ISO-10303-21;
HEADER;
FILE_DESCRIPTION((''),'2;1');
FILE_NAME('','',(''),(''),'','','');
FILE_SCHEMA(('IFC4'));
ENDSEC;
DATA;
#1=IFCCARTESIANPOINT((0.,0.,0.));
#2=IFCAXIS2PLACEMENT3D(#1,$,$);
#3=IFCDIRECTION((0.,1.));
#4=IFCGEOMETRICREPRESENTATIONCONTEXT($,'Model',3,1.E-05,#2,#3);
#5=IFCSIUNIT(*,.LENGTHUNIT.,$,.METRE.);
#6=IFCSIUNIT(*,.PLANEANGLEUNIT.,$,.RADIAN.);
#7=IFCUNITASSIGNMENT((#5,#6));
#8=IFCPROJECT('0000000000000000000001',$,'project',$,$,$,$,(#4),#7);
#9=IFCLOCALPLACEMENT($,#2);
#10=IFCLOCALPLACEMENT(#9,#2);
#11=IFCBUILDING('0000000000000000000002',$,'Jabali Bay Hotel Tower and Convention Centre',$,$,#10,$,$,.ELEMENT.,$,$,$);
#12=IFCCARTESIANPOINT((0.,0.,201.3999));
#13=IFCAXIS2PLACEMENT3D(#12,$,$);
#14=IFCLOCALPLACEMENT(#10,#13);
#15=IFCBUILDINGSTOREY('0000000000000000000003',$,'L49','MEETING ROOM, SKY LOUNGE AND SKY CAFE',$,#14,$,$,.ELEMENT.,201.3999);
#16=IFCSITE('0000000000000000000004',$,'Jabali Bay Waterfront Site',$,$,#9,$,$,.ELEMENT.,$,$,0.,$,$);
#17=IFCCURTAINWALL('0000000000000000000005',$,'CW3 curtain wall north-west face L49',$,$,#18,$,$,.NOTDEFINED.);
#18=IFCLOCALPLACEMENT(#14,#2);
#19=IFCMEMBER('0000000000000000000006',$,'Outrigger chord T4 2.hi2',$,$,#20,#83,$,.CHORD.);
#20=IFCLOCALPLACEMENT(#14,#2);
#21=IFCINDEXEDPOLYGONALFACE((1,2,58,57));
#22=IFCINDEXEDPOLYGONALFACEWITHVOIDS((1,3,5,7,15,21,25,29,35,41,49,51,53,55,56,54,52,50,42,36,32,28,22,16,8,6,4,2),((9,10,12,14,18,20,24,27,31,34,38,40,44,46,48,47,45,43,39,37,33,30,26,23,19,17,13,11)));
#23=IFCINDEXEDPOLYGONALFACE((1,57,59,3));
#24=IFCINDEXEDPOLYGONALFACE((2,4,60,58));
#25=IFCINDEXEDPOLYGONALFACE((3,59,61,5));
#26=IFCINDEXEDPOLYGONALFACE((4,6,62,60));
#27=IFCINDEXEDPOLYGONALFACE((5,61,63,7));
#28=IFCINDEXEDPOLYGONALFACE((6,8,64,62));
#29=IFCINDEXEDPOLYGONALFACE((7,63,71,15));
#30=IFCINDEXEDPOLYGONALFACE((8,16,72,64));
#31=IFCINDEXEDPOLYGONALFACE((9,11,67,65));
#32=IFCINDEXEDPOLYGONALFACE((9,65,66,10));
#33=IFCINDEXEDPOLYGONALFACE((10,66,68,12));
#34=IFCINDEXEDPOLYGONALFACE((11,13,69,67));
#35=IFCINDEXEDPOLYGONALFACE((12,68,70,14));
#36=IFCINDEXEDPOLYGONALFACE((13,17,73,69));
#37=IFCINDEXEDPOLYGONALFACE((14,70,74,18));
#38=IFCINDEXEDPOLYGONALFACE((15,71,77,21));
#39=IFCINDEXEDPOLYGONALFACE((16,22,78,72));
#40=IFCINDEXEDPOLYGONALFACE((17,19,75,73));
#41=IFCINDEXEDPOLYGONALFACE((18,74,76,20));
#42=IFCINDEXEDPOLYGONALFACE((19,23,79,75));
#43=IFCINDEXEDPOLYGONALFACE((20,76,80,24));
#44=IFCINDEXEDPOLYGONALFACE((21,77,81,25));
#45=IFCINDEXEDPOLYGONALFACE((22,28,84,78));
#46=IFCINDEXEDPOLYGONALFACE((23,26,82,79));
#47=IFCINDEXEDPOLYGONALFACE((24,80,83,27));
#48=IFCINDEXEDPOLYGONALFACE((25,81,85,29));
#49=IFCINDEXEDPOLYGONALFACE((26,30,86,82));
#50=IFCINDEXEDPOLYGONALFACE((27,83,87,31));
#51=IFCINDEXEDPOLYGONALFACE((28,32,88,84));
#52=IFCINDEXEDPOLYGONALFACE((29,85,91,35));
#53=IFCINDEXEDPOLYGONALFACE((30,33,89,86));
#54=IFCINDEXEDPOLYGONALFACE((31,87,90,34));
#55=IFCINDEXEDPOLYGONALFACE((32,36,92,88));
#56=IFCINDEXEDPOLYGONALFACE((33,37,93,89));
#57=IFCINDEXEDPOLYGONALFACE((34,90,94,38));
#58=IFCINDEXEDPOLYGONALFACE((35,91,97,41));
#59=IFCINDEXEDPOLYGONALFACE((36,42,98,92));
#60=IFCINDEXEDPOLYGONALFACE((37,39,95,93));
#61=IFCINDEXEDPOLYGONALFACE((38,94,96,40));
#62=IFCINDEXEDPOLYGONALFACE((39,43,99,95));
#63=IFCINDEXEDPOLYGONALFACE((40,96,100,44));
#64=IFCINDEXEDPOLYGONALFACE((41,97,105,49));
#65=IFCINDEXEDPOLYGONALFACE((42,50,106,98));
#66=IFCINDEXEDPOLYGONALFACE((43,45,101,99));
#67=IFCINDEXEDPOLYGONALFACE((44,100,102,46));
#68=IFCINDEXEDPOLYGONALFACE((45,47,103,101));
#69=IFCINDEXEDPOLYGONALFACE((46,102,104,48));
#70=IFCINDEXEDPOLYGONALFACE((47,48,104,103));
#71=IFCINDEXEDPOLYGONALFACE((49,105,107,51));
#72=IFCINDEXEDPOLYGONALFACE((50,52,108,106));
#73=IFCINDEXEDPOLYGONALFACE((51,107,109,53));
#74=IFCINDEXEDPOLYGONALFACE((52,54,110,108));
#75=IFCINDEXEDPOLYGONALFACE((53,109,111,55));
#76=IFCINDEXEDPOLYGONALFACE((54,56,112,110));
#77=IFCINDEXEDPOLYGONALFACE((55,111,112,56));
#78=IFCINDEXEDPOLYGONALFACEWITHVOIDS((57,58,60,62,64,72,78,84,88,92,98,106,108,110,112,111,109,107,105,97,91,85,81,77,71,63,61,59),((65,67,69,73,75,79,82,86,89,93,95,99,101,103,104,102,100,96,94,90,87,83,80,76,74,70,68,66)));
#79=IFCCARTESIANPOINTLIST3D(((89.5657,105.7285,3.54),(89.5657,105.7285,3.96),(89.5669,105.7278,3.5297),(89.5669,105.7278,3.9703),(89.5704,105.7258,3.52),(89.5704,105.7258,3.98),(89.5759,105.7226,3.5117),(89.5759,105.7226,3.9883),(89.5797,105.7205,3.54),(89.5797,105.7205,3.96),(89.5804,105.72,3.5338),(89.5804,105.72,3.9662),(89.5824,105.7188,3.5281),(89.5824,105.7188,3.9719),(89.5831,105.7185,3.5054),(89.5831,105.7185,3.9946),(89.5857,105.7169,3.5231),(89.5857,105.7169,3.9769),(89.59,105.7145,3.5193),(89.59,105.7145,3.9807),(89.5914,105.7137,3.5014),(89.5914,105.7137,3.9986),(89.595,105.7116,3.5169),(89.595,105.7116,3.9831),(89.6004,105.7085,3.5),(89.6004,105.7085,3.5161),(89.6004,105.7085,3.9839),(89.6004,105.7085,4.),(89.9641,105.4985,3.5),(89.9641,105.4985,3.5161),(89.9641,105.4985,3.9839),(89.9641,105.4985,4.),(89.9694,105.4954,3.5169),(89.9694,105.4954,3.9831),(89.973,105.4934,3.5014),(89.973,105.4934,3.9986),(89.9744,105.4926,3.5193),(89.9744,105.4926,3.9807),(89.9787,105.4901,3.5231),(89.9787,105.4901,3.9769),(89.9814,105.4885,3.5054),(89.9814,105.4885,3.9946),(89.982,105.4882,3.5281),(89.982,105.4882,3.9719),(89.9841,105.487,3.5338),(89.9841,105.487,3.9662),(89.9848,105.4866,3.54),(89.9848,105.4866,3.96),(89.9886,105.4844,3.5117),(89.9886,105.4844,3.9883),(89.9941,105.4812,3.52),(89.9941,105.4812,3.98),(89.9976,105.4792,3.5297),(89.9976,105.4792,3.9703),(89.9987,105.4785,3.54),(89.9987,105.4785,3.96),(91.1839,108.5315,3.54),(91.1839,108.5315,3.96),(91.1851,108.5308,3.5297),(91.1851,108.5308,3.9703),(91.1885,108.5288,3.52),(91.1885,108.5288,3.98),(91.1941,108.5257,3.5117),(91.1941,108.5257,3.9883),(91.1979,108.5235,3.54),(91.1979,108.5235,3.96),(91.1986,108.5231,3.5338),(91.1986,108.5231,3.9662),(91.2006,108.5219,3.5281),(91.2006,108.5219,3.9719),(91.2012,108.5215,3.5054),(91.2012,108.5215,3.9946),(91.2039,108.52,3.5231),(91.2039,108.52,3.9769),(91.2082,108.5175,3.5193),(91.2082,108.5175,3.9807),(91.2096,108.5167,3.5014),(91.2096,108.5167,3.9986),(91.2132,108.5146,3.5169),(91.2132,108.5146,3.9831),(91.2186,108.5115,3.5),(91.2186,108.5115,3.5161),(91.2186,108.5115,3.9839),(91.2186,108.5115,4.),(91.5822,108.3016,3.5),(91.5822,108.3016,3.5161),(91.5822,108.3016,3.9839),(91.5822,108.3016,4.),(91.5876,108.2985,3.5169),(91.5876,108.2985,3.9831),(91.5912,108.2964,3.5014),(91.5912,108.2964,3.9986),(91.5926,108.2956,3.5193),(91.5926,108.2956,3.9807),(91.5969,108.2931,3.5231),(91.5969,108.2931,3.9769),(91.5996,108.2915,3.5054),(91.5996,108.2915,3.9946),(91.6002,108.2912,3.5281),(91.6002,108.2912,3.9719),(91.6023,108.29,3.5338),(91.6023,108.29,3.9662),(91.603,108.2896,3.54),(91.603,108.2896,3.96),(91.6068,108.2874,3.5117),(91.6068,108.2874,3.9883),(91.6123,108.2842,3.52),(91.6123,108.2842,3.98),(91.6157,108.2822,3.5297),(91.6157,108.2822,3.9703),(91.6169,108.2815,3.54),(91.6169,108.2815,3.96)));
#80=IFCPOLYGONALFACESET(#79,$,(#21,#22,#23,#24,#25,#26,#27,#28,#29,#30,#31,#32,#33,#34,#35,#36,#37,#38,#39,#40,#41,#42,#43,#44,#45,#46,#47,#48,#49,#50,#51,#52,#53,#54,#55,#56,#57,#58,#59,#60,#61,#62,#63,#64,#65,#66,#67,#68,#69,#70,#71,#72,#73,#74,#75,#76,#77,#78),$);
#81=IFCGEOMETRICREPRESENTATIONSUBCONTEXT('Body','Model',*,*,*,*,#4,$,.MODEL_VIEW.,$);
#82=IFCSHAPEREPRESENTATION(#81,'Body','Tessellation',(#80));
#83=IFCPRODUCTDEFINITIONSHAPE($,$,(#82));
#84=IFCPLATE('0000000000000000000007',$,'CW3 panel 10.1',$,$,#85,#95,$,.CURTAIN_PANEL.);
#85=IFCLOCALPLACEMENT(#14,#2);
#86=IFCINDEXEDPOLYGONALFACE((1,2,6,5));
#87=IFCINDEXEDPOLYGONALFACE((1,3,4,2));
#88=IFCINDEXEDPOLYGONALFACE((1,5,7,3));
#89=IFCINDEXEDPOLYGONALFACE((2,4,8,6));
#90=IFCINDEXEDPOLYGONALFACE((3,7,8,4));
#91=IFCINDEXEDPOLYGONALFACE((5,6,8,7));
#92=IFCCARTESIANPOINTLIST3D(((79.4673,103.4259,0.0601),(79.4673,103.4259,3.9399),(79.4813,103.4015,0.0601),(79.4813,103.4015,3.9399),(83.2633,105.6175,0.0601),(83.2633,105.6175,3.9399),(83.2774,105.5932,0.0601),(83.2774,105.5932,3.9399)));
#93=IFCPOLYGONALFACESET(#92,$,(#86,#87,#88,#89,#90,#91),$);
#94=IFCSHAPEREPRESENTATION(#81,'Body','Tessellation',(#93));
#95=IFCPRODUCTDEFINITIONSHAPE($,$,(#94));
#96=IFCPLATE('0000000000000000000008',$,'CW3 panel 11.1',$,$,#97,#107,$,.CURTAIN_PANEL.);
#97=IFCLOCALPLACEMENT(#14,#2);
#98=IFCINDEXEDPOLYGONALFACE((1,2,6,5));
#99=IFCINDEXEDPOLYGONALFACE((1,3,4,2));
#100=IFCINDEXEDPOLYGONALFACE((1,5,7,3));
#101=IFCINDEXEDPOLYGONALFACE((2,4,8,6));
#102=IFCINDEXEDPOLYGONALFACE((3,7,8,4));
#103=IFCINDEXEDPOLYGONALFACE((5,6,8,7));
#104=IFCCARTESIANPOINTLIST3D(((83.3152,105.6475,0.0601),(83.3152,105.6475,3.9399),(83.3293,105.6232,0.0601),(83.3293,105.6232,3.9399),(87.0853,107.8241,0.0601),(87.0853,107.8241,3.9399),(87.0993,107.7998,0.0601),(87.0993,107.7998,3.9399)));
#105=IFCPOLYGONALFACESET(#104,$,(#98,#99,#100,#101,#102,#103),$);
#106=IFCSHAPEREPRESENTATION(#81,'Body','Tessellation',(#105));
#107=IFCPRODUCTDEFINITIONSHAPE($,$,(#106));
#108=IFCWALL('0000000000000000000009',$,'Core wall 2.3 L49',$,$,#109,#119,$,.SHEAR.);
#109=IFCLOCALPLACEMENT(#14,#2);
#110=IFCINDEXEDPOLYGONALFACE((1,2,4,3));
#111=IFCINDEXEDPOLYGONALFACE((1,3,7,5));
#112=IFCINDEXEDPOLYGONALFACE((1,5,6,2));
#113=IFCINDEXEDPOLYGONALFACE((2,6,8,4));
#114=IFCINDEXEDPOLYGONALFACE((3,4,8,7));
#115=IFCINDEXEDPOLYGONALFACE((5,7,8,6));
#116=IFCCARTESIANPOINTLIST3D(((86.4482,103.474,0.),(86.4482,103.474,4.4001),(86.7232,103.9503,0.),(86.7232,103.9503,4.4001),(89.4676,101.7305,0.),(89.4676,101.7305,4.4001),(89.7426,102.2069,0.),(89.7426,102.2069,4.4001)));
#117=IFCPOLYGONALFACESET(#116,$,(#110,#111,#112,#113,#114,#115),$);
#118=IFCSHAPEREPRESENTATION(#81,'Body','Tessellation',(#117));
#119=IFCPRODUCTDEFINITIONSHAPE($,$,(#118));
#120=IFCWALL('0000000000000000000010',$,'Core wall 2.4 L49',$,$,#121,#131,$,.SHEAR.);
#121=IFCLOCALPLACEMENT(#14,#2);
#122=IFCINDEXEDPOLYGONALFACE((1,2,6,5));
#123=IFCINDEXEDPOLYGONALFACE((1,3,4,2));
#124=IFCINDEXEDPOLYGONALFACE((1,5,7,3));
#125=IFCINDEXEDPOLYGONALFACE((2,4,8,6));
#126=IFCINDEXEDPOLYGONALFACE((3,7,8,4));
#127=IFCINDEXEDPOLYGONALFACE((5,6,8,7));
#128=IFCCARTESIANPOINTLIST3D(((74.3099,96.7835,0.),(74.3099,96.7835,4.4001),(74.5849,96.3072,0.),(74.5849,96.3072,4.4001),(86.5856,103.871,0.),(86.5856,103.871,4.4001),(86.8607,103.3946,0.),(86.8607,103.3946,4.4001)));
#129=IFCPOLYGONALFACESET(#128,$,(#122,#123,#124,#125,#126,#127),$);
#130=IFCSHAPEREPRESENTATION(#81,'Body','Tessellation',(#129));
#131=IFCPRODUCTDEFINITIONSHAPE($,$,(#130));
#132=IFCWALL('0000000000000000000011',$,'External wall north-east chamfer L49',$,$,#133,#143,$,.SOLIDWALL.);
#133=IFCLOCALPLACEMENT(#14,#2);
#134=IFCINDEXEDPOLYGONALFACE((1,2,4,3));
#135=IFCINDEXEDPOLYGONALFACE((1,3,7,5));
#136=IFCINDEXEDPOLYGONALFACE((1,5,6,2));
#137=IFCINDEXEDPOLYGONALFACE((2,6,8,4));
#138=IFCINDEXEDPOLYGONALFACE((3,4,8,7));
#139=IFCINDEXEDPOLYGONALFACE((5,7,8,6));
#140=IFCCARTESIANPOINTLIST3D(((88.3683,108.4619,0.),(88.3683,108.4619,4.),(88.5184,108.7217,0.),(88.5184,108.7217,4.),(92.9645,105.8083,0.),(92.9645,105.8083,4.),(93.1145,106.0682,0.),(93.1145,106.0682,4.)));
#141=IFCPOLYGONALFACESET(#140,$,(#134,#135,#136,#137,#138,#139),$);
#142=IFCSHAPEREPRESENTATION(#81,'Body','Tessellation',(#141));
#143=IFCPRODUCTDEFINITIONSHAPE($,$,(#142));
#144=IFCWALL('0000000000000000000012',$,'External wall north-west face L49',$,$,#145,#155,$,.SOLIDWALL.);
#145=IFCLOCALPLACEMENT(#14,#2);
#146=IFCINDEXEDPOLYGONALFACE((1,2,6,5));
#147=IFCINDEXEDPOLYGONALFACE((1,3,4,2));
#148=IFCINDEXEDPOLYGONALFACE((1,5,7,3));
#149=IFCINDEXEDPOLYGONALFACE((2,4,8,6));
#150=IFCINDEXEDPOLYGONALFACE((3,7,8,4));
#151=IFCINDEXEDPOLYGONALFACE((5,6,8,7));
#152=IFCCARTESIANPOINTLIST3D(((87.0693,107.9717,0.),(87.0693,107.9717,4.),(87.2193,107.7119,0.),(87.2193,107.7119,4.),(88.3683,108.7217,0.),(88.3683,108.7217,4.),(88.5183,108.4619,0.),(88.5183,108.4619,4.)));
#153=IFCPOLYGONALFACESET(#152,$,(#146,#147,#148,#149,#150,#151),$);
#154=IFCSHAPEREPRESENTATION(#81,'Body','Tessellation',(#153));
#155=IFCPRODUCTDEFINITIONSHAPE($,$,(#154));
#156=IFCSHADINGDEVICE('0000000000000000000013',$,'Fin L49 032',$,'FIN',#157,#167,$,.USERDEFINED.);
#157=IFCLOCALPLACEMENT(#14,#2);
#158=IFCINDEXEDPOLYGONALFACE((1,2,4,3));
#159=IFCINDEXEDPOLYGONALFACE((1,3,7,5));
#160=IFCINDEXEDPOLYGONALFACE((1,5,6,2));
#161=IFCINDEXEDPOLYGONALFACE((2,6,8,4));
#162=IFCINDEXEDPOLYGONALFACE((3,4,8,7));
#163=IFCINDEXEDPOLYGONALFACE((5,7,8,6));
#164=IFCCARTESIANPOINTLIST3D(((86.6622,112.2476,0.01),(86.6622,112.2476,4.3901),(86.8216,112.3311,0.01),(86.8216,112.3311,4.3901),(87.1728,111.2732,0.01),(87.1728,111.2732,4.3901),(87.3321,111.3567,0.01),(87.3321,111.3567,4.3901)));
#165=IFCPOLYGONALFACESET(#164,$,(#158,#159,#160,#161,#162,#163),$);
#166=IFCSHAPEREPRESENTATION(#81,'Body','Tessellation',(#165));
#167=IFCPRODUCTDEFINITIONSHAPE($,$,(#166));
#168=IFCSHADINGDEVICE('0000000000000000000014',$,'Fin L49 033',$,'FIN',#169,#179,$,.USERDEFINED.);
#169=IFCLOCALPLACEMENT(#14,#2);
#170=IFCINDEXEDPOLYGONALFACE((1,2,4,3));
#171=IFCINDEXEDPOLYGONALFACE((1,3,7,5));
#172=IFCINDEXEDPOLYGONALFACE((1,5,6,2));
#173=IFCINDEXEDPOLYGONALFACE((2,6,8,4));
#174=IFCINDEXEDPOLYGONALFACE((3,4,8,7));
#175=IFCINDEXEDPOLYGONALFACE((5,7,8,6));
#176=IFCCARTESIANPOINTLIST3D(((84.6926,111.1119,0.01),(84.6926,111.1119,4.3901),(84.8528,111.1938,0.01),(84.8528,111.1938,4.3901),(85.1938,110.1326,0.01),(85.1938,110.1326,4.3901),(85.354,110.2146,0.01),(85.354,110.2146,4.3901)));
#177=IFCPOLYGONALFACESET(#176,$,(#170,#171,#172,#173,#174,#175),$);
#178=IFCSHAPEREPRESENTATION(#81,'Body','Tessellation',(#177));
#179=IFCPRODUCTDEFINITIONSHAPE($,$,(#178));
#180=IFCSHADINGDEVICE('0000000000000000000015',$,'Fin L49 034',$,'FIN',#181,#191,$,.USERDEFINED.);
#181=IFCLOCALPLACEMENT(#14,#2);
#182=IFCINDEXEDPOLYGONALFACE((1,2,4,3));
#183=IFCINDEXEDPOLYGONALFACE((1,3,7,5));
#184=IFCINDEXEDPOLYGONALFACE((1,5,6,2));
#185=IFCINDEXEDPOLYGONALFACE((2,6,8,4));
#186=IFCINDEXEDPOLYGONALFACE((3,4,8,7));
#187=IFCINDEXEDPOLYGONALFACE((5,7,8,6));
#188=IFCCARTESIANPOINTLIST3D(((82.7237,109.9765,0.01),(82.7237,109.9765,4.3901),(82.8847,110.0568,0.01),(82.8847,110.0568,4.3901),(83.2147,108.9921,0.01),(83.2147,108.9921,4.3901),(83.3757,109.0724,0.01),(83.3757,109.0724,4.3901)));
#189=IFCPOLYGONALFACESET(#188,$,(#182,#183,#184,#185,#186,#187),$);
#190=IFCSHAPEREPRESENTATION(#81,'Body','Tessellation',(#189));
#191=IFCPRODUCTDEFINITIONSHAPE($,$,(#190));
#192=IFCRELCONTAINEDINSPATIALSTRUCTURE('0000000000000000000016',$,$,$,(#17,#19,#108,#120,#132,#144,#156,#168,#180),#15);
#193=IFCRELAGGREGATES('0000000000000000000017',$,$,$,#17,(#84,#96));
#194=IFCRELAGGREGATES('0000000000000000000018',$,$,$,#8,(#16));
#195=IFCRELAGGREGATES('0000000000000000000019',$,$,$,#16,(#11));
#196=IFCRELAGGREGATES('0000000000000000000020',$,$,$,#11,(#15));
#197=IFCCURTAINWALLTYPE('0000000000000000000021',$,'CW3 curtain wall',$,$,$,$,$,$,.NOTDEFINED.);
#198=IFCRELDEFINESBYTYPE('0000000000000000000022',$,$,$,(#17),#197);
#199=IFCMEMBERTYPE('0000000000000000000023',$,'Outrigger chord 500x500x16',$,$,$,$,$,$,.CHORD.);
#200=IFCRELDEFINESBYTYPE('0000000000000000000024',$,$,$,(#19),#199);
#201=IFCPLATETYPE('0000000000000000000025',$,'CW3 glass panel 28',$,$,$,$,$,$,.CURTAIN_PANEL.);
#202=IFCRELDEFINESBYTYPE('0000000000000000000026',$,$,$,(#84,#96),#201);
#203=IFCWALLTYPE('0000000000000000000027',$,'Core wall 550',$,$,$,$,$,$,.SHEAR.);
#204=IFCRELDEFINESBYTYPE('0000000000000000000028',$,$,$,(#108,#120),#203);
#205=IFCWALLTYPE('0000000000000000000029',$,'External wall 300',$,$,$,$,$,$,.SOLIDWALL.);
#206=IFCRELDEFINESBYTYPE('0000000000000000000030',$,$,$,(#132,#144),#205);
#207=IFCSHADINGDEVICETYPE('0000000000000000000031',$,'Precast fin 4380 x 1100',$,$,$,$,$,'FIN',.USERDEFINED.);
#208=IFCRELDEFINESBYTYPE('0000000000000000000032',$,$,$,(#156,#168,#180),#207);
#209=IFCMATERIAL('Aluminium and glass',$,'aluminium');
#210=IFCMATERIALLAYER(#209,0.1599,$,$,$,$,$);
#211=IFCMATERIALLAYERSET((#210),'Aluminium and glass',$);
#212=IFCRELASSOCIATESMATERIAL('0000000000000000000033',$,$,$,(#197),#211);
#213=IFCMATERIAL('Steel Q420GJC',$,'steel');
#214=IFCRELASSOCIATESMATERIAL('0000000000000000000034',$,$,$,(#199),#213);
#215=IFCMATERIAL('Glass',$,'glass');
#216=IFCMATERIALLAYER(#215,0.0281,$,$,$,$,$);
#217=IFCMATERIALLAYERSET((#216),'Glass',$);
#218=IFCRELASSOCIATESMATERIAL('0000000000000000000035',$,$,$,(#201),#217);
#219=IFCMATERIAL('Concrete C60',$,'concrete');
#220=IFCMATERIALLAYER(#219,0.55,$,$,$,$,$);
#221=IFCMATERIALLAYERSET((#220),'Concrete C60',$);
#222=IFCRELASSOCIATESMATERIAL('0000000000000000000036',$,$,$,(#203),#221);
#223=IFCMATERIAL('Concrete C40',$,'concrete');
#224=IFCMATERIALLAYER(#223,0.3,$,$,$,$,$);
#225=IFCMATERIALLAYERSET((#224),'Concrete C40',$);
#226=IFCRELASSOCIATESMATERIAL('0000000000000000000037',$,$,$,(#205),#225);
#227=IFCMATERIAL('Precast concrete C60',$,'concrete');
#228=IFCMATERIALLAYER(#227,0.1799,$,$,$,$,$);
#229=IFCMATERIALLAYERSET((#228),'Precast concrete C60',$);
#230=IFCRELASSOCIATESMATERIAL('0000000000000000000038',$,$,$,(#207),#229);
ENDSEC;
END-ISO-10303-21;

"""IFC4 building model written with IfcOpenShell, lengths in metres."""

from ifc_helpers import new_model, si_unit, direction, frame, frame_2d, origin, origin_2d, place, context, subcontext, project, spatial, rectangle, hollow_rectangle, extrude, material, layer, layer_set, material_profile, profile_set, type_object, element, aggregate, save


model = new_model("IFC4")

# Units and contexts
model_context = context("Model", 3, precision=1e-05, world=origin(), true_north=direction((0.0, 1.0)))
body_context = subcontext(model_context, "Body", "Model", "MODEL_VIEW")
ifc_project = project(units=[si_unit("LENGTHUNIT", "METRE"), si_unit("PLANEANGLEUNIT", "RADIAN")], contexts=[model_context])

# Site, building, storey
site_placement = place(None, origin())
site = spatial("IfcSite", under=ifc_project, at=site_placement, Name="Jabali Bay Waterfront Site", CompositionType="ELEMENT", RefElevation=0.0)
building_placement = place(site_placement, origin())
building = spatial("IfcBuilding", under=site, at=building_placement, Name="Jabali Bay Hotel Tower and Convention Centre", CompositionType="ELEMENT")
storey_placement = place(building_placement, frame((0.0, 0.0, 201.3999)))
storey = spatial("IfcBuildingStorey", under=building, at=storey_placement, Name="L49", Description="MEETING ROOM, SKY LOUNGE AND SKY CAFE", CompositionType="ELEMENT", Elevation=201.3999)

# Shared definitions
ifc_material_1 = material(Name="Concrete C60", Category="concrete")

# Shared definitions
ifc_material_2 = material(Name="Steel Q420GJC", Category="steel")

# Curtain wall
ifc_material_3 = material(Name="Aluminium and glass", Category="aluminium")
ifc_layer_1 = layer(ifc_material_3, 0.1599)
ifc_layer_set_1 = layer_set([ifc_layer_1], Name="Aluminium and glass")
curtain_wall_type = type_object("IfcCurtainWallType", Name="CW3 curtain wall", PredefinedType="NOTDEFINED", material=ifc_layer_set_1)
curtain_wall_placement = place(storey_placement, origin())
curtain_wall = element("IfcCurtainWall", 1, at=curtain_wall_placement, inside=storey, type_object=curtain_wall_type, Name="CW3 curtain wall north-west face L49", PredefinedType="NOTDEFINED")

# Member
ifc_material_profile_1 = material_profile(ifc_material_2, hollow_rectangle(XDim=0.5, YDim=0.5, WallThickness=0.0161, InnerFilletRadius=0.0239, OuterFilletRadius=0.04, at=origin_2d()), Name="Outrigger chord 500x500x16")
ifc_profile_set_1 = profile_set([ifc_material_profile_1], Name="Steel Q420GJC")
member_type_1 = type_object("IfcMemberType", Name="Outrigger chord 500x500x16", PredefinedType="CHORD", material=ifc_profile_set_1)
member_1_placement = place(storey_placement, frame((89.7822, 105.6035, 3.75), z_axis=(0.499968, 0.866044, 0.0), x_axis=(-0.866044, 0.499968, 0.0)))
element("IfcMember", 2, at=member_1_placement, inside=storey, type_object=member_type_1, Name="Outrigger chord T4 2.hi2", PredefinedType="CHORD", context=body_context, shape_type="SweptSolid", body=[
    extrude(hollow_rectangle(XDim=0.5, YDim=0.5, WallThickness=0.0161, InnerFilletRadius=0.0239, OuterFilletRadius=0.04, at=origin_2d()), origin(), (0.0, 0.0, 1.0), 3.2366),
])

# Plates
ifc_material_4 = material(Name="Glass", Category="glass")
ifc_layer_2 = layer(ifc_material_4, 0.0281)
ifc_layer_set_2 = layer_set([ifc_layer_2], Name="Glass")
plate_type = type_object("IfcPlateType", Name="CW3 glass panel 28", PredefinedType="CURTAIN_PANEL", material=ifc_layer_set_2)
plate_1_placement = place(storey_placement, frame((81.3723, 104.5095, 0.0601), z_axis=(0.0, 0.0, 1.0), x_axis=(0.866025, 0.5, 0.0)))
plate_1 = element("IfcPlate", 3, at=plate_1_placement, type_object=plate_type, Name="CW3 panel 10.1", PredefinedType="CURTAIN_PANEL", context=body_context, shape_type="SweptSolid", body=[
    extrude(rectangle(XDim=4.3833, YDim=0.0281, at=origin_2d()), origin(), (0.0, 0.0, 1.0), 3.8799),
])
plate_2_placement = place(storey_placement, frame((85.2073, 106.7236, 0.0601), z_axis=(0.0, 0.0, 1.0), x_axis=(0.866025, 0.5, 0.0)))
plate_2 = element("IfcPlate", 4, at=plate_2_placement, type_object=plate_type, Name="CW3 panel 11.1", PredefinedType="CURTAIN_PANEL", context=body_context, shape_type="SweptSolid", body=[
    extrude(rectangle(XDim=4.3533, YDim=0.0281, at=origin_2d()), origin(), (0.0, 0.0, 1.0), 3.8799),
])
aggregate(curtain_wall, [plate_1, plate_2])

# Walls
ifc_layer_3 = layer(ifc_material_1, 0.55)
ifc_layer_set_3 = layer_set([ifc_layer_3], Name="Concrete C60")
wall_type_1 = type_object("IfcWallType", Name="Core wall 550", PredefinedType="SHEAR", material=ifc_layer_set_3)
wall_1_placement = place(storey_placement, frame((89.605, 101.9688, 0.0), z_axis=(0.0, 0.0, 1.0), x_axis=(-0.865998, 0.500048, 0.0)))
element("IfcWall", 5, at=wall_1_placement, inside=storey, type_object=wall_type_1, Name="Core wall 2.3 L49", PredefinedType="SHEAR", context=body_context, shape_type="SweptSolid", body=[
    extrude(rectangle(XDim=3.4866, YDim=0.55, at=frame_2d((1.7432, 0.0))), origin(), (0.0, 0.0, 1.0), 4.4001),
])
wall_2_placement = place(storey_placement, frame((86.7231, 103.6328, 0.0), z_axis=(0.0, 0.0, 1.0), x_axis=(-0.866024, -0.500003, 0.0)))
element("IfcWall", 6, at=wall_2_placement, inside=storey, type_object=wall_type_1, Name="Core wall 2.4 L49", PredefinedType="SHEAR", context=body_context, shape_type="SweptSolid", body=[
    extrude(rectangle(XDim=14.1748, YDim=0.55, at=frame_2d((7.0874, 0.0))), origin(), (0.0, 0.0, 1.0), 4.4001),
])
ifc_material_5 = material(Name="Concrete C40", Category="concrete")
ifc_layer_4 = layer(ifc_material_5, 0.3)
ifc_layer_set_4 = layer_set([ifc_layer_4], Name="Concrete C40")
wall_type_2 = type_object("IfcWallType", Name="External wall 300", PredefinedType="SOLIDWALL", material=ifc_layer_set_4)
wall_3_placement = place(storey_placement, frame((88.4434, 108.5918, 0.0), z_axis=(0.0, 0.0, 1.0), x_axis=(0.866029, -0.499993, 0.0)))
element("IfcWall", 7, at=wall_3_placement, inside=storey, type_object=wall_type_2, Name="External wall north-east chamfer L49", PredefinedType="SOLIDWALL", context=body_context, shape_type="SweptSolid", body=[
    extrude(rectangle(XDim=5.3071, YDim=0.3, at=frame_2d((2.6536, 0.0))), origin(), (0.0, 0.0, 1.0), 4.0),
])
wall_4_placement = place(storey_placement, frame((87.1443, 107.8418, 0.0), z_axis=(0.0, 0.0, 1.0), x_axis=(0.866031, 0.49999, 0.0)))
element("IfcWall", 8, at=wall_4_placement, inside=storey, type_object=wall_type_2, Name="External wall north-west face L49", PredefinedType="SOLIDWALL", context=body_context, shape_type="SweptSolid", body=[
    extrude(rectangle(XDim=1.5, YDim=0.3, at=frame_2d((0.75, 0.0))), origin(), (0.0, 0.0, 1.0), 4.0),
])

# Shading devices
ifc_material_6 = material(Name="Precast concrete C60", Category="concrete")
ifc_layer_5 = layer(ifc_material_6, 0.1799)
ifc_layer_set_5 = layer_set([ifc_layer_5], Name="Precast concrete C60")
shading_device_type_1 = type_object("IfcShadingDeviceType", Name="Precast fin 4380 x 1100", ElementType="FIN", PredefinedType="USERDEFINED", material=ifc_layer_set_5)
for number, where, z_axis, x_axis, name in (
    (9, (87.2524, 111.3149, 0.01), (0.0, 0.0, 1.0), (-0.46409, 0.885788, 0.0), "Fin L49 032"),
    (10, (85.2739, 110.1736, 0.01), (0.0, 0.0, 1.0), (-0.455627, 0.890171, 0.0), "Fin L49 033"),
    (11, (83.2952, 109.0322, 0.01), (0.0, 0.0, 1.0), (-0.446326, 0.894871, 0.0), "Fin L49 034"),
):
    element("IfcShadingDevice", number, at=place(storey_placement, frame(where, z_axis=z_axis, x_axis=x_axis)), inside=storey, type_object=shading_device_type_1, Name=name, ObjectType="FIN", PredefinedType="USERDEFINED", context=body_context, shape_type="SweptSolid", body=[
        extrude(rectangle(XDim=1.1001, YDim=0.1799, at=frame_2d((0.55, 0.0))), origin(), (0.0, 0.0, 1.0), 4.3801),
    ])

save(model, "model.ifc")
